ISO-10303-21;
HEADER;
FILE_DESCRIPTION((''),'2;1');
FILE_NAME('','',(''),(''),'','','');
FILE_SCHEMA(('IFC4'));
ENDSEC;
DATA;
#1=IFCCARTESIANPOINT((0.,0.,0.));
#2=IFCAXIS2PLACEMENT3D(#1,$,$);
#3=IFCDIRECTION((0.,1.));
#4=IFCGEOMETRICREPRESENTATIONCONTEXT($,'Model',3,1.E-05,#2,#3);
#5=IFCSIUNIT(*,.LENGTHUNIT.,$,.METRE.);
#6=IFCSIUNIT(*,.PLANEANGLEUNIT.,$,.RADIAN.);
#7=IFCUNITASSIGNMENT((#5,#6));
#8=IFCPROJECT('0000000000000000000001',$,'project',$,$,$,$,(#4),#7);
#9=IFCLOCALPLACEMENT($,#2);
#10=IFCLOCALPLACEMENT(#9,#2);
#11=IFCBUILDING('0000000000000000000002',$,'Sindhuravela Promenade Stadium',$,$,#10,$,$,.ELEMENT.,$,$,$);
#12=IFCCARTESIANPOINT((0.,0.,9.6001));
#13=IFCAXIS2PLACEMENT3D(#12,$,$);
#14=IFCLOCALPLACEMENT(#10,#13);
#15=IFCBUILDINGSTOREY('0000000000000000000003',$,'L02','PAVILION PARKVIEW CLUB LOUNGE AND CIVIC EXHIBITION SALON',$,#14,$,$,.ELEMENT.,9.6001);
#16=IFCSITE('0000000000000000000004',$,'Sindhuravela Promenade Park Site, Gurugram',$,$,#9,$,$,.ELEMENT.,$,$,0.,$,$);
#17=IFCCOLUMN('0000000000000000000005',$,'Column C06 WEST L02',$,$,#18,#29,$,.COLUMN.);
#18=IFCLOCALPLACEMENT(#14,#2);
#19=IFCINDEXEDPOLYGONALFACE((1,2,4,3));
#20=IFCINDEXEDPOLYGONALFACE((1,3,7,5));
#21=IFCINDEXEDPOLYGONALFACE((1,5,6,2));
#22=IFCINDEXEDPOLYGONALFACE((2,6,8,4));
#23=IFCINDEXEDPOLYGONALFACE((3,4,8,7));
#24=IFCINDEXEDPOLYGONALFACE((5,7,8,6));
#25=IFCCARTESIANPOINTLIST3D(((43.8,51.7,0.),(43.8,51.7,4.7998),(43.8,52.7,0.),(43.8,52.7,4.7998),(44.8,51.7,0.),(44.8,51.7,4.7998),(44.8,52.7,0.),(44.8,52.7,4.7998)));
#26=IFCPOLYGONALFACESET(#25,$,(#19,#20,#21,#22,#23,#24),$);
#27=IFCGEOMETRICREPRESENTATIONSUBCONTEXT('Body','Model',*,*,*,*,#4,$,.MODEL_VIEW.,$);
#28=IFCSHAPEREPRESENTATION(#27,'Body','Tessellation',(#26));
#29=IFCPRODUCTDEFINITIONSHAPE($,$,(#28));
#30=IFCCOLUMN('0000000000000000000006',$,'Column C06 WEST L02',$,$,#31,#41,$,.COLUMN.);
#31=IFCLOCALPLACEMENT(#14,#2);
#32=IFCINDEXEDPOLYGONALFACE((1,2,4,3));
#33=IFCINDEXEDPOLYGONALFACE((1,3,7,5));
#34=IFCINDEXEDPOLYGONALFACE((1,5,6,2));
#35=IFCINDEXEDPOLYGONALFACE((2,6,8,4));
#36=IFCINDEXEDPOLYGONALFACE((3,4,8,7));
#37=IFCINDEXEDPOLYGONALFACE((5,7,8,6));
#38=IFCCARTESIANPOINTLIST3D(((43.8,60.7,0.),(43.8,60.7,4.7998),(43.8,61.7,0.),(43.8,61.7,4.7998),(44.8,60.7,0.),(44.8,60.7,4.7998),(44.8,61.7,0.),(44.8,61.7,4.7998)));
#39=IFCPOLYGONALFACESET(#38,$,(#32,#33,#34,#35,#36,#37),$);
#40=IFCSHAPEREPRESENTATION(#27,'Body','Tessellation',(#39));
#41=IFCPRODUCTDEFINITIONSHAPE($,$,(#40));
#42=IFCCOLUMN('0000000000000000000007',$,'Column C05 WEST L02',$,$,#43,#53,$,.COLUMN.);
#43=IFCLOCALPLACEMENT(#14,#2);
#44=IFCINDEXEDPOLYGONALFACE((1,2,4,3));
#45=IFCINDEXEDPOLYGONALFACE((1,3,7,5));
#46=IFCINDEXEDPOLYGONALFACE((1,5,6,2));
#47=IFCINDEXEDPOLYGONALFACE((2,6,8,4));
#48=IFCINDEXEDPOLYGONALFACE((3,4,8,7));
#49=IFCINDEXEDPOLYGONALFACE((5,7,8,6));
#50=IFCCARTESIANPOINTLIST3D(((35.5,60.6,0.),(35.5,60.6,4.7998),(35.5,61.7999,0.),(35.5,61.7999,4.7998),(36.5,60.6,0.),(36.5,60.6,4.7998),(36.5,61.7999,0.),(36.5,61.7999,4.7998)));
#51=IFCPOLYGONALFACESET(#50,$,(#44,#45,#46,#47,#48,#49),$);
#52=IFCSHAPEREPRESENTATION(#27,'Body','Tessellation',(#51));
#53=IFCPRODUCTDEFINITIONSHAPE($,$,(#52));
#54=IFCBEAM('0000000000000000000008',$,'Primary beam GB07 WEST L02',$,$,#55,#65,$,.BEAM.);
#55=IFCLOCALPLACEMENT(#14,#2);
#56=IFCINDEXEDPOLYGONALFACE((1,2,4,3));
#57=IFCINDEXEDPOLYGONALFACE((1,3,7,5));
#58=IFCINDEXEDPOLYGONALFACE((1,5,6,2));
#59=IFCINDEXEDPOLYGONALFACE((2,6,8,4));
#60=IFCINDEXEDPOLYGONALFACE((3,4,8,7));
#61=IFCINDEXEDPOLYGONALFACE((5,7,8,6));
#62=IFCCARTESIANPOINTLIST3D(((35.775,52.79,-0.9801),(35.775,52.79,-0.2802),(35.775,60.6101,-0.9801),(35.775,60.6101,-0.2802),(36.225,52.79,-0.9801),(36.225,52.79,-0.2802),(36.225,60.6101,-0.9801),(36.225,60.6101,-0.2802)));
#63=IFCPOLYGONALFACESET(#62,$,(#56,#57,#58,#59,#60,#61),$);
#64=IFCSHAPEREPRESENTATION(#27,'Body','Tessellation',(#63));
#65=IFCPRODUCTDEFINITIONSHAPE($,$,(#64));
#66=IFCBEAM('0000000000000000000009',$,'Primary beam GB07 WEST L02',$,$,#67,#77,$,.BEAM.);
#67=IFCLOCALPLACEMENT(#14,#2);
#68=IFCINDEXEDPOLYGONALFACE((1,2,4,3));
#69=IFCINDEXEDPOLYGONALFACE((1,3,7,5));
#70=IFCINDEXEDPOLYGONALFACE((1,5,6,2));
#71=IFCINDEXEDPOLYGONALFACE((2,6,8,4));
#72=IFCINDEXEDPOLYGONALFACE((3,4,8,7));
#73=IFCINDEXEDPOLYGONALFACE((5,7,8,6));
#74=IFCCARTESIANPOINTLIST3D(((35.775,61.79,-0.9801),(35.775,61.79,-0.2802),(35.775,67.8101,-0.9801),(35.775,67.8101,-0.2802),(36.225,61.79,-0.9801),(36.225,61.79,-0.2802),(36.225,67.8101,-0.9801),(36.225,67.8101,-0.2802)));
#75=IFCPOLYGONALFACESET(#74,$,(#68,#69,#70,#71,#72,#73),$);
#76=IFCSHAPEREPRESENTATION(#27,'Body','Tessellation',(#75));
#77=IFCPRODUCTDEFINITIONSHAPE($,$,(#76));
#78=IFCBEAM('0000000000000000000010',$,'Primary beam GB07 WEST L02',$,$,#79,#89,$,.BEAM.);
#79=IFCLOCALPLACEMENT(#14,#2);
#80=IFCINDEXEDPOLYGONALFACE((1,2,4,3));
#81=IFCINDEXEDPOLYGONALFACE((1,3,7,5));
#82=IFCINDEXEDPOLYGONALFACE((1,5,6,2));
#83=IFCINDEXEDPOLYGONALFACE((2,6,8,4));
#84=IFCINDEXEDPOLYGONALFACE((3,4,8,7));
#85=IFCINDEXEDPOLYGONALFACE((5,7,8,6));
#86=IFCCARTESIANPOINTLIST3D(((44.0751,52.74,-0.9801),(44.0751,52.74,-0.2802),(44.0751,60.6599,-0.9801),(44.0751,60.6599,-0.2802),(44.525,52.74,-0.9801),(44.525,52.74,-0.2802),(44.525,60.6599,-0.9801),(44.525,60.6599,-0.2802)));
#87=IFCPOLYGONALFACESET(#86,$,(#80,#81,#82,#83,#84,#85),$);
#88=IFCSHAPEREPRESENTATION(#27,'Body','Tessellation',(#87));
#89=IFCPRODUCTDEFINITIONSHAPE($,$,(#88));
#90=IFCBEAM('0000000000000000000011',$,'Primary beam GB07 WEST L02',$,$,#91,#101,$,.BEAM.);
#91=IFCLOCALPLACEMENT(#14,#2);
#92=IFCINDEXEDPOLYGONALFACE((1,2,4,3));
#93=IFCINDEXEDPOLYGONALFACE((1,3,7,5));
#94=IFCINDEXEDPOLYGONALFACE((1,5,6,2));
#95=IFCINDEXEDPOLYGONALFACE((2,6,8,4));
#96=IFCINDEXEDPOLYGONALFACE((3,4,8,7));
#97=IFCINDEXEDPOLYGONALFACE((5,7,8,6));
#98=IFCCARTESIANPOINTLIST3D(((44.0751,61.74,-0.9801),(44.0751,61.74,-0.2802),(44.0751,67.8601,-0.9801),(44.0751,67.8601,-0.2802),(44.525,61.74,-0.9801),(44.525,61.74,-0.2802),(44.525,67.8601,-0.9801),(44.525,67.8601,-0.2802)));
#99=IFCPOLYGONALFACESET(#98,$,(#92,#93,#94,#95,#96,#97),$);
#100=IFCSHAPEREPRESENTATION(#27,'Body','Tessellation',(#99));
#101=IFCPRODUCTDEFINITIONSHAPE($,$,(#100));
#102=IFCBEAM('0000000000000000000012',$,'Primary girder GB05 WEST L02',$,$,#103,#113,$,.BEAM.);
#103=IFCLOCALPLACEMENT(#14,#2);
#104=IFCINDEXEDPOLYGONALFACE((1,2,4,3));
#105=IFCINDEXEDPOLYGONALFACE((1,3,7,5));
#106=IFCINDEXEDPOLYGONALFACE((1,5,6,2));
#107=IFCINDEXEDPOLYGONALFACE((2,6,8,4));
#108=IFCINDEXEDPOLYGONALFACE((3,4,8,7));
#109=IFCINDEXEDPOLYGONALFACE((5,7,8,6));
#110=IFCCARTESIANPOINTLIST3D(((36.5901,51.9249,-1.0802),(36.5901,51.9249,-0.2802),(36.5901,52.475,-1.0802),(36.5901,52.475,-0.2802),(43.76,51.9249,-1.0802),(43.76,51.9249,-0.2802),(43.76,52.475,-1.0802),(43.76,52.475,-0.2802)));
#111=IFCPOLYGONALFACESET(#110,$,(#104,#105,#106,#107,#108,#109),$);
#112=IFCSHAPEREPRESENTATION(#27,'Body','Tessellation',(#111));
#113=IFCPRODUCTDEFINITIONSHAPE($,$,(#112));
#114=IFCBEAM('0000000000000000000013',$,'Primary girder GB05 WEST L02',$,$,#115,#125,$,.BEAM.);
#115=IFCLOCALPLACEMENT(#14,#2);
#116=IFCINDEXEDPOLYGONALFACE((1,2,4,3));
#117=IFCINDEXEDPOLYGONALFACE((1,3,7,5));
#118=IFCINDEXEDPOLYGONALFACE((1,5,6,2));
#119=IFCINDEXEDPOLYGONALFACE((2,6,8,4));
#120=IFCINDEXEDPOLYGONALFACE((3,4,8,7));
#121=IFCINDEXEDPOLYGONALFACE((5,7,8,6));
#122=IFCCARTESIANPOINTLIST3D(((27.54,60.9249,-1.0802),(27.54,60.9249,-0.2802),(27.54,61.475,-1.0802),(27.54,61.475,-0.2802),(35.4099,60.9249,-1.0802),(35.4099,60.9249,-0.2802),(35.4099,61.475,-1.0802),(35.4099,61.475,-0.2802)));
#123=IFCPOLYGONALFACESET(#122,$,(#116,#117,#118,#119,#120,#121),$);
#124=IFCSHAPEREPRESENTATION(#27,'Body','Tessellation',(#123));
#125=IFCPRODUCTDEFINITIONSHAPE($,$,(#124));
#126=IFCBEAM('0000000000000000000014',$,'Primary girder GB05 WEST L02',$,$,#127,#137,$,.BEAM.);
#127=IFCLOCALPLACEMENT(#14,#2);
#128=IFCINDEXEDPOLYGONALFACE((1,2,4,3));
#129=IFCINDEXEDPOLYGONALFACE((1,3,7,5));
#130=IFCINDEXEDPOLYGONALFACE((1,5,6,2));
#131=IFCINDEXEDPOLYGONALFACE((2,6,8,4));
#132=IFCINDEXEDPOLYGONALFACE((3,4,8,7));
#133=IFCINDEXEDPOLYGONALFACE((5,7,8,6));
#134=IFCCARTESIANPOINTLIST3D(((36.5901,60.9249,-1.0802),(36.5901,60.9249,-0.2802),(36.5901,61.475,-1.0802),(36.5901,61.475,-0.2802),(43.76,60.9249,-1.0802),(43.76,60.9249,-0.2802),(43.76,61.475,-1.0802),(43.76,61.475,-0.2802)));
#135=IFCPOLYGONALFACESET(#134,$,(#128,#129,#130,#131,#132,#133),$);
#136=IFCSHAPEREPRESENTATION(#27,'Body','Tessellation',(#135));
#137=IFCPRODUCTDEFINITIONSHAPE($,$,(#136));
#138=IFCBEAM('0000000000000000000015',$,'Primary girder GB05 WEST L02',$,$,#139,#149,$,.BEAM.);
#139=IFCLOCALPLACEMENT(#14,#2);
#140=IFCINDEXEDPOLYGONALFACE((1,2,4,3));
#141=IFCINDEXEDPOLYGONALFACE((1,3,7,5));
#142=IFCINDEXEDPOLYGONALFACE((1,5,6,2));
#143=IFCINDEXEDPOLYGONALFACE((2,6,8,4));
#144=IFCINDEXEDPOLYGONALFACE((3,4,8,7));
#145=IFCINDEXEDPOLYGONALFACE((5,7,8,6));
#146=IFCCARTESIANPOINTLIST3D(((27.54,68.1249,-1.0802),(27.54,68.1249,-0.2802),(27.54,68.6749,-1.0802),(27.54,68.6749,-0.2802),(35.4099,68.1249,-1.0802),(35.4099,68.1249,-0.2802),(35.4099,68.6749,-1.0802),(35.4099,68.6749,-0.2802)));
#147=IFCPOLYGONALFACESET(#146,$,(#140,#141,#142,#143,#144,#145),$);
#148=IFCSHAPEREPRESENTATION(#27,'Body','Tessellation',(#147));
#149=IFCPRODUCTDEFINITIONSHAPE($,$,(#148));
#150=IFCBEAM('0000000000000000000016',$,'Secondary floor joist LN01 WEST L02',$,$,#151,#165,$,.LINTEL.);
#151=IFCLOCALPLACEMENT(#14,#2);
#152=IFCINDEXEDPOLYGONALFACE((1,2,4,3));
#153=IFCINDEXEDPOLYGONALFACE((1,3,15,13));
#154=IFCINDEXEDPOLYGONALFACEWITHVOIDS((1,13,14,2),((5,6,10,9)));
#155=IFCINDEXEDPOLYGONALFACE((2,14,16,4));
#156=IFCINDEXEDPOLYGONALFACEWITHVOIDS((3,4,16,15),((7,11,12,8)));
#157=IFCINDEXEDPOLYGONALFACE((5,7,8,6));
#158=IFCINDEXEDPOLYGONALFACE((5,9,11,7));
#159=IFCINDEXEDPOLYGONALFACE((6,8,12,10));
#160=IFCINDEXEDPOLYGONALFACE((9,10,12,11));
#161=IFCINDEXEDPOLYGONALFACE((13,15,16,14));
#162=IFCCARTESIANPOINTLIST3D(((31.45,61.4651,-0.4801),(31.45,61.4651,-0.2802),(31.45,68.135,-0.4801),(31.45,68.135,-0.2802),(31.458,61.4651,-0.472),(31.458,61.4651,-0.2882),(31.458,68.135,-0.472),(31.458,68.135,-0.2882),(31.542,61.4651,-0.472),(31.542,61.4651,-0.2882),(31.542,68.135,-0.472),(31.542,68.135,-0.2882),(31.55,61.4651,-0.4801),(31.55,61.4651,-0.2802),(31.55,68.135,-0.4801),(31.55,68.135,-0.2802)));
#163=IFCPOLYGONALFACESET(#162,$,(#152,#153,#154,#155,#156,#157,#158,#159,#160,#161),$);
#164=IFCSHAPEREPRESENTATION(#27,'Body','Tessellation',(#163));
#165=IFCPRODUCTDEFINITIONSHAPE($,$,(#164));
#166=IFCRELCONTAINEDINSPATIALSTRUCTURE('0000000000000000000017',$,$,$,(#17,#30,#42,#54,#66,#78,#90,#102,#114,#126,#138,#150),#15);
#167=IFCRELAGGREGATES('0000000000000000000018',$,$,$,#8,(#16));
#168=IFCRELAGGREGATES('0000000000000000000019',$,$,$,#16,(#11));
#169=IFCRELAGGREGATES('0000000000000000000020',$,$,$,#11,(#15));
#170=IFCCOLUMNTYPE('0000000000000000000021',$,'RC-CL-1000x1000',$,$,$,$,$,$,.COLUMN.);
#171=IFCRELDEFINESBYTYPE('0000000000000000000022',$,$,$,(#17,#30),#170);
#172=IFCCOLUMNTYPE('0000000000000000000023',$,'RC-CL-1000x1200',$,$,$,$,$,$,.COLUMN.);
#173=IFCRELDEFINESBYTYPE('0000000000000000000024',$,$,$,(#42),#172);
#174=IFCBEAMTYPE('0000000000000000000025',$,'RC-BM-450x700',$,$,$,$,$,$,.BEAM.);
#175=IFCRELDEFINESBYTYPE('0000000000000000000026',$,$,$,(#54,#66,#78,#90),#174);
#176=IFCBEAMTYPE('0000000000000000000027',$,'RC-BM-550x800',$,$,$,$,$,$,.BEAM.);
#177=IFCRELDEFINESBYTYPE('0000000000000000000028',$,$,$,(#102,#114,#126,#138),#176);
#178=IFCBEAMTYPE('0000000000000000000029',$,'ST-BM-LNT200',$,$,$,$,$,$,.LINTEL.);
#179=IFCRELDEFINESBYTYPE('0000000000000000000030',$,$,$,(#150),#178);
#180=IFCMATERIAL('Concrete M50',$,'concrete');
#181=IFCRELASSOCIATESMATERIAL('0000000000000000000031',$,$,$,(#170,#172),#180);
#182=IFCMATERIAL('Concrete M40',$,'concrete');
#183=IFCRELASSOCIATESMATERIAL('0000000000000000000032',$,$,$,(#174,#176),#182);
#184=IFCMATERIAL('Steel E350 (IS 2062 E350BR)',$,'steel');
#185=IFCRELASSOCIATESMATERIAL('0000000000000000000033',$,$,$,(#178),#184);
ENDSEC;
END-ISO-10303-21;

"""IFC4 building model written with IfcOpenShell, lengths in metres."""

from ifc_helpers import new_model, si_unit, direction, frame, origin, origin_2d, place, context, subcontext, project, spatial, rectangle, hollow_rectangle, extrude, material, material_profile, profile_set, type_object, element, save


model = new_model("IFC4")

# Units and contexts
model_context = context("Model", 3, precision=1e-05, world=origin(), true_north=direction((0.0, 1.0)))
body_context = subcontext(model_context, "Body", "Model", "MODEL_VIEW")
ifc_project = project(units=[si_unit("LENGTHUNIT", "METRE"), si_unit("PLANEANGLEUNIT", "RADIAN")], contexts=[model_context])

# Site, building, storey
site_placement = place(None, origin())
site = spatial("IfcSite", under=ifc_project, at=site_placement, Name="Sindhuravela Promenade Park Site, Gurugram", CompositionType="ELEMENT", RefElevation=0.0)
building_placement = place(site_placement, origin())
building = spatial("IfcBuilding", under=site, at=building_placement, Name="Sindhuravela Promenade Stadium", CompositionType="ELEMENT")
storey_placement = place(building_placement, frame((0.0, 0.0, 9.6001)))
storey = spatial("IfcBuildingStorey", under=building, at=storey_placement, Name="L02", Description="PAVILION PARKVIEW CLUB LOUNGE AND CIVIC EXHIBITION SALON", CompositionType="ELEMENT", Elevation=9.6001)

# Columns
ifc_material_1 = material(Name="Concrete M50", Category="concrete")
ifc_material_profile_1 = material_profile(ifc_material_1, rectangle(XDim=1.0, YDim=1.0, at=origin_2d()), Name="RC 1000x1000")
ifc_profile_set_1 = profile_set([ifc_material_profile_1], Name="Concrete M50")
column_type_1 = type_object("IfcColumnType", Name="RC-CL-1000x1000", PredefinedType="COLUMN", material=ifc_profile_set_1)
for number, where, z_axis, x_axis, name in (
    (1, (44.3, 52.2, 0.0), (0.0, 0.0, 1.0), (1.0, 0.0, 0.0), "Column C06 WEST L02"),
    (2, (44.3, 61.2, 0.0), (0.0, 0.0, 1.0), (1.0, 0.0, 0.0), "Column C06 WEST L02"),
):
    element("IfcColumn", number, at=place(storey_placement, frame(where, z_axis=z_axis, x_axis=x_axis)), inside=storey, type_object=column_type_1, Name=name, PredefinedType="COLUMN", context=body_context, shape_type="SweptSolid", body=[
        extrude(rectangle(XDim=1.0, YDim=1.0, at=origin_2d()), origin(), (0.0, 0.0, 1.0), 4.7998),
    ])
ifc_material_profile_2 = material_profile(ifc_material_1, rectangle(XDim=1.0, YDim=1.2, at=origin_2d()), Name="RC 1000x1200")
ifc_profile_set_2 = profile_set([ifc_material_profile_2], Name="Concrete M50")
column_type_2 = type_object("IfcColumnType", Name="RC-CL-1000x1200", PredefinedType="COLUMN", material=ifc_profile_set_2)
column_placement = place(storey_placement, frame((36.0, 61.2, 0.0), z_axis=(0.0, 0.0, 1.0), x_axis=(1.0, 0.0, 0.0)))
element("IfcColumn", 3, at=column_placement, inside=storey, type_object=column_type_2, Name="Column C05 WEST L02", PredefinedType="COLUMN", context=body_context, shape_type="SweptSolid", body=[
    extrude(rectangle(XDim=1.0, YDim=1.2, at=origin_2d()), origin(), (0.0, 0.0, 1.0), 4.7998),
])

# Beams
ifc_material_2 = material(Name="Concrete M40", Category="concrete")
ifc_material_profile_3 = material_profile(ifc_material_2, rectangle(XDim=0.45, YDim=0.7, at=origin_2d()), Name="RC 450x700")
ifc_profile_set_3 = profile_set([ifc_material_profile_3], Name="Concrete M40")
beam_type_1 = type_object("IfcBeamType", Name="RC-BM-450x700", PredefinedType="BEAM", material=ifc_profile_set_3)
beam_1_placement = place(storey_placement, frame((36.0, 52.79, -0.6301), z_axis=(0.0, 1.0, 0.0), x_axis=(-1.0, 0.0, 0.0)))
element("IfcBeam", 4, at=beam_1_placement, inside=storey, type_object=beam_type_1, Name="Primary beam GB07 WEST L02", PredefinedType="BEAM", context=body_context, shape_type="SweptSolid", body=[
    extrude(rectangle(XDim=0.45, YDim=0.7, at=origin_2d()), origin(), (0.0, 0.0, 1.0), 7.8201),
])
beam_2_placement = place(storey_placement, frame((36.0, 61.79, -0.6301), z_axis=(0.0, 1.0, 0.0), x_axis=(-1.0, 0.0, 0.0)))
element("IfcBeam", 5, at=beam_2_placement, inside=storey, type_object=beam_type_1, Name="Primary beam GB07 WEST L02", PredefinedType="BEAM", context=body_context, shape_type="SweptSolid", body=[
    extrude(rectangle(XDim=0.45, YDim=0.7, at=origin_2d()), origin(), (0.0, 0.0, 1.0), 6.02),
])
beam_3_placement = place(storey_placement, frame((44.3, 52.74, -0.6301), z_axis=(0.0, 1.0, 0.0), x_axis=(-1.0, 0.0, 0.0)))
element("IfcBeam", 6, at=beam_3_placement, inside=storey, type_object=beam_type_1, Name="Primary beam GB07 WEST L02", PredefinedType="BEAM", context=body_context, shape_type="SweptSolid", body=[
    extrude(rectangle(XDim=0.45, YDim=0.7, at=origin_2d()), origin(), (0.0, 0.0, 1.0), 7.9199),
])
beam_4_placement = place(storey_placement, frame((44.3, 61.74, -0.6301), z_axis=(0.0, 1.0, 0.0), x_axis=(-1.0, 0.0, 0.0)))
element("IfcBeam", 7, at=beam_4_placement, inside=storey, type_object=beam_type_1, Name="Primary beam GB07 WEST L02", PredefinedType="BEAM", context=body_context, shape_type="SweptSolid", body=[
    extrude(rectangle(XDim=0.45, YDim=0.7, at=origin_2d()), origin(), (0.0, 0.0, 1.0), 6.1201),
])
ifc_material_profile_4 = material_profile(ifc_material_2, rectangle(XDim=0.55, YDim=0.8, at=origin_2d()), Name="RC 550x800")
ifc_profile_set_4 = profile_set([ifc_material_profile_4], Name="Concrete M40")
beam_type_2 = type_object("IfcBeamType", Name="RC-BM-550x800", PredefinedType="BEAM", material=ifc_profile_set_4)
beam_5_placement = place(storey_placement, frame((36.5901, 52.2, -0.6802), z_axis=(1.0, 0.0, 0.0), x_axis=(0.0, 1.0, 0.0)))
element("IfcBeam", 8, at=beam_5_placement, inside=storey, type_object=beam_type_2, Name="Primary girder GB05 WEST L02", PredefinedType="BEAM", context=body_context, shape_type="SweptSolid", body=[
    extrude(rectangle(XDim=0.55, YDim=0.8, at=origin_2d()), origin(), (0.0, 0.0, 1.0), 7.1699),
])
beam_6_placement = place(storey_placement, frame((27.54, 61.2, -0.6802), z_axis=(1.0, 0.0, 0.0), x_axis=(0.0, 1.0, 0.0)))
element("IfcBeam", 9, at=beam_6_placement, inside=storey, type_object=beam_type_2, Name="Primary girder GB05 WEST L02", PredefinedType="BEAM", context=body_context, shape_type="SweptSolid", body=[
    extrude(rectangle(XDim=0.55, YDim=0.8, at=origin_2d()), origin(), (0.0, 0.0, 1.0), 7.8699),
])
beam_7_placement = place(storey_placement, frame((36.5901, 61.2, -0.6802), z_axis=(1.0, 0.0, 0.0), x_axis=(0.0, 1.0, 0.0)))
element("IfcBeam", 10, at=beam_7_placement, inside=storey, type_object=beam_type_2, Name="Primary girder GB05 WEST L02", PredefinedType="BEAM", context=body_context, shape_type="SweptSolid", body=[
    extrude(rectangle(XDim=0.55, YDim=0.8, at=origin_2d()), origin(), (0.0, 0.0, 1.0), 7.1699),
])
beam_8_placement = place(storey_placement, frame((27.54, 68.3999, -0.6802), z_axis=(1.0, 0.0, 0.0), x_axis=(0.0, 1.0, 0.0)))
element("IfcBeam", 11, at=beam_8_placement, inside=storey, type_object=beam_type_2, Name="Primary girder GB05 WEST L02", PredefinedType="BEAM", context=body_context, shape_type="SweptSolid", body=[
    extrude(rectangle(XDim=0.55, YDim=0.8, at=origin_2d()), origin(), (0.0, 0.0, 1.0), 7.8699),
])
ifc_material_3 = material(Name="Steel E350 (IS 2062 E350BR)", Category="steel")
ifc_material_profile_5 = material_profile(ifc_material_3, hollow_rectangle(XDim=0.1001, YDim=0.2, WallThickness=0.0081, at=origin_2d()), Name="RHS 200x100x8")
ifc_profile_set_5 = profile_set([ifc_material_profile_5], Name="Steel E350 (IS 2062 E350BR)")
beam_type_3 = type_object("IfcBeamType", Name="ST-BM-LNT200", PredefinedType="LINTEL", material=ifc_profile_set_5)
beam_9_placement = place(storey_placement, frame((31.5, 61.4651, -0.3801), z_axis=(0.0, 1.0, 0.0), x_axis=(-1.0, 0.0, 0.0)))
element("IfcBeam", 12, at=beam_9_placement, inside=storey, type_object=beam_type_3, Name="Secondary floor joist LN01 WEST L02", PredefinedType="LINTEL", context=body_context, shape_type="SweptSolid", body=[
    extrude(hollow_rectangle(XDim=0.1001, YDim=0.2, WallThickness=0.0081, at=origin_2d()), origin(), (0.0, 0.0, 1.0), 6.6699),
])

save(model, "model.ifc")
